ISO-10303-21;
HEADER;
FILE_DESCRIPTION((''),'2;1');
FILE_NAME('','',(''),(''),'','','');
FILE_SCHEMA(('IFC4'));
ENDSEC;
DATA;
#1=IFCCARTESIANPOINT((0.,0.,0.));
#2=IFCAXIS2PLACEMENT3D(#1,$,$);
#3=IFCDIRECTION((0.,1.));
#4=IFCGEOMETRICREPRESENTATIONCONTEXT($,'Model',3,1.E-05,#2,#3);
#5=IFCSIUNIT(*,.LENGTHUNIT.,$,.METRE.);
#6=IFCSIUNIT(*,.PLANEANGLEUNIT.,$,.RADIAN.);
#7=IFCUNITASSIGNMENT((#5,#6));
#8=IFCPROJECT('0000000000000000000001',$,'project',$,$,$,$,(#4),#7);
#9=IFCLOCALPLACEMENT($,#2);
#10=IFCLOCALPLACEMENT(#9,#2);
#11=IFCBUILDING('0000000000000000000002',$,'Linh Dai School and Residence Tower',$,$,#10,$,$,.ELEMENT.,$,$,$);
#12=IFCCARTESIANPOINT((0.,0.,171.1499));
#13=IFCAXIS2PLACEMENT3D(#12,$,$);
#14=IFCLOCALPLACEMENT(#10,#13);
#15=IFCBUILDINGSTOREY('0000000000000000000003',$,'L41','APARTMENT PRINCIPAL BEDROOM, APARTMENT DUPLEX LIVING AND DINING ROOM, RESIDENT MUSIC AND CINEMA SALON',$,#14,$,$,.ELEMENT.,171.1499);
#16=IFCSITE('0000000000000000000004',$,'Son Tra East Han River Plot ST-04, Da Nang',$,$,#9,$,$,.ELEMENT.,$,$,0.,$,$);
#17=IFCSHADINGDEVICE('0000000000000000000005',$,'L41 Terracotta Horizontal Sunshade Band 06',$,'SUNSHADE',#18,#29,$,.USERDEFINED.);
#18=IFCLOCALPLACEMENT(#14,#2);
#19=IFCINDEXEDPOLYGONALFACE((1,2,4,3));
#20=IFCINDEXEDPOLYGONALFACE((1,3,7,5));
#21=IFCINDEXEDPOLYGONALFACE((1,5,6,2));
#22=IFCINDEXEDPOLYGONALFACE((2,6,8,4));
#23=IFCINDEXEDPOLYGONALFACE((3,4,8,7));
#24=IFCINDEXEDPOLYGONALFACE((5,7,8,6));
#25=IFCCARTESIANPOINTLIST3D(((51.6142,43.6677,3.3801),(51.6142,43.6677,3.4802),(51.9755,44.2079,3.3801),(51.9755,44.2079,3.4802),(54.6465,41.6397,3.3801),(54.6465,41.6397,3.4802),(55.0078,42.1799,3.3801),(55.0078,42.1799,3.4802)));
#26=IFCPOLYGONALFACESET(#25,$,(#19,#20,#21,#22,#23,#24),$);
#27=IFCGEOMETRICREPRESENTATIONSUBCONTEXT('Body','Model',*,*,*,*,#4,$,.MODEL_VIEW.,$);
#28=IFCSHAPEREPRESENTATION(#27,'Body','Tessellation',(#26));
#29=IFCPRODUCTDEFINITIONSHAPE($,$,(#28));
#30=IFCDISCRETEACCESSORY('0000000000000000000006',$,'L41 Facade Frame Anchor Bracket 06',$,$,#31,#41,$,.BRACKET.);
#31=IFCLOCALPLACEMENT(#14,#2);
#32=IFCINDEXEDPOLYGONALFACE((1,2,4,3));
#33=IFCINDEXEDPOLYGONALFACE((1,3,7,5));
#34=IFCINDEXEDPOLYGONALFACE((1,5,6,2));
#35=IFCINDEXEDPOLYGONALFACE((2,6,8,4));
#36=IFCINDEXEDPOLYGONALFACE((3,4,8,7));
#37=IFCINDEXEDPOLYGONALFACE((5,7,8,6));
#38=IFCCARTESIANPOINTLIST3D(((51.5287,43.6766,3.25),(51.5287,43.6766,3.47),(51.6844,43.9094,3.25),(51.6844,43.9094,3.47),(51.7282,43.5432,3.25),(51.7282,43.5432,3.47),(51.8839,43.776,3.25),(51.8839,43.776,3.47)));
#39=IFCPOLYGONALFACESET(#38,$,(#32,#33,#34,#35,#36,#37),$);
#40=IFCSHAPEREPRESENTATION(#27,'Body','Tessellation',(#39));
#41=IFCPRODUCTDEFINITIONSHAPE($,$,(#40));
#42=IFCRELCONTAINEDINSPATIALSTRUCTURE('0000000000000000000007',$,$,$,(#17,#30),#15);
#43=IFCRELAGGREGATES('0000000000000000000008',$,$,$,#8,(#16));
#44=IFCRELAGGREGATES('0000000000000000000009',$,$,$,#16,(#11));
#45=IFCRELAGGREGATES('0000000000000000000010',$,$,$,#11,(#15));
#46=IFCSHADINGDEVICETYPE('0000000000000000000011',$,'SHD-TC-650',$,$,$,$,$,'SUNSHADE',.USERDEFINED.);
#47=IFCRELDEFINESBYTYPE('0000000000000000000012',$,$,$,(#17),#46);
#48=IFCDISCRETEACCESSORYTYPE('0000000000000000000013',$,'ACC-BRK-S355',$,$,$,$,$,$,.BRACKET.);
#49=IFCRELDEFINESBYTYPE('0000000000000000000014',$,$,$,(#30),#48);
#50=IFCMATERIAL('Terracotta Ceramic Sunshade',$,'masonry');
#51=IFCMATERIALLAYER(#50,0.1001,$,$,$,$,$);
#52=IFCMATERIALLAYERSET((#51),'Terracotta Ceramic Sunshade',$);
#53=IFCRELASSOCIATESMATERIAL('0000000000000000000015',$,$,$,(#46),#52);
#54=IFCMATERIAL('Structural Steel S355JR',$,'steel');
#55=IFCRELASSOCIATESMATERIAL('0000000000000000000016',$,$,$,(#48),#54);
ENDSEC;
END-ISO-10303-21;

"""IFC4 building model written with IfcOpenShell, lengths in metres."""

from ifc_helpers import new_model, si_unit, direction, frame, origin, origin_2d, place, context, subcontext, project, spatial, rectangle, extrude, source, transform, mapped, material, layer, layer_set, type_object, element, save


model = new_model("IFC4")

# Units and contexts
model_context = context("Model", 3, precision=1e-05, world=origin(), true_north=direction((0.0, 1.0)))
body_context = subcontext(model_context, "Body", "Model", "MODEL_VIEW")
ifc_project = project(units=[si_unit("LENGTHUNIT", "METRE"), si_unit("PLANEANGLEUNIT", "RADIAN")], contexts=[model_context])

# Site, building, storey
site_placement = place(None, origin())
site = spatial("IfcSite", under=ifc_project, at=site_placement, Name="Son Tra East Han River Plot ST-04, Da Nang", CompositionType="ELEMENT", RefElevation=0.0)
building_placement = place(site_placement, origin())
building = spatial("IfcBuilding", under=site, at=building_placement, Name="Linh Dai School and Residence Tower", CompositionType="ELEMENT")
storey_placement = place(building_placement, frame((0.0, 0.0, 171.1499)))
storey = spatial("IfcBuildingStorey", under=building, at=storey_placement, Name="L41", Description="APARTMENT PRINCIPAL BEDROOM, APARTMENT DUPLEX LIVING AND DINING ROOM, RESIDENT MUSIC AND CINEMA SALON", CompositionType="ELEMENT", Elevation=171.1499)

# Shared definitions
ifc_material_1 = material(Name="Structural Steel S355JR", Category="steel")

# Shading device
ifc_material_2 = material(Name="Terracotta Ceramic Sunshade", Category="masonry")
ifc_layer_1 = layer(ifc_material_2, 0.1001)
ifc_layer_set_1 = layer_set([ifc_layer_1], Name="Terracotta Ceramic Sunshade")
shading_device_type = type_object("IfcShadingDeviceType", Name="SHD-TC-650", ElementType="SUNSHADE", PredefinedType="USERDEFINED", material=ifc_layer_set_1)
shared_shape_1 = source(origin(), body_context, "Body", "SweptSolid", [
    extrude(rectangle(XDim=3.6479, YDim=0.6499, at=origin_2d()), origin(), (0.0, 0.0, 1.0), 0.1001),
])
shading_device_placement = place(storey_placement, frame((53.311, 42.9238, 3.3801), z_axis=(0.0, 0.0, 1.0), x_axis=(0.831228, -0.555931, 0.0)))
element("IfcShadingDevice", 1, at=shading_device_placement, inside=storey, type_object=shading_device_type, Name="L41 Terracotta Horizontal Sunshade Band 06", ObjectType="SUNSHADE", PredefinedType="USERDEFINED", context=body_context, shape_type="MappedRepresentation", body=[
    mapped(shared_shape_1, transform((0.0, 0.0, 0.0), x_axis=(1.0, 0.0, 0.0), y_axis=(0.0, 1.0, 0.0), z_axis=(0.0, 0.0, 1.0), scale=1.0)),
])

# Discrete accessory
discrete_accessory_type = type_object("IfcDiscreteAccessoryType", Name="ACC-BRK-S355", PredefinedType="BRACKET", material=ifc_material_1)
shared_shape_2 = source(origin(), body_context, "Body", "SweptSolid", [
    extrude(rectangle(XDim=0.28, YDim=0.24, at=origin_2d()), origin(), (0.0, 0.0, 1.0), 0.22),
])
discrete_accessory_placement = place(storey_placement, frame((51.7063, 43.7263, 3.25), z_axis=(0.0, 0.0, 1.0), x_axis=(0.555931, 0.831228, 0.0)))
element("IfcDiscreteAccessory", 2, at=discrete_accessory_placement, inside=storey, type_object=discrete_accessory_type, Name="L41 Facade Frame Anchor Bracket 06", PredefinedType="BRACKET", context=body_context, shape_type="MappedRepresentation", body=[
    mapped(shared_shape_2, transform((0.0, 0.0, 0.0), x_axis=(1.0, 0.0, 0.0), y_axis=(0.0, 1.0, 0.0), z_axis=(0.0, 0.0, 1.0), scale=1.0)),
])

save(model, "model.ifc")
